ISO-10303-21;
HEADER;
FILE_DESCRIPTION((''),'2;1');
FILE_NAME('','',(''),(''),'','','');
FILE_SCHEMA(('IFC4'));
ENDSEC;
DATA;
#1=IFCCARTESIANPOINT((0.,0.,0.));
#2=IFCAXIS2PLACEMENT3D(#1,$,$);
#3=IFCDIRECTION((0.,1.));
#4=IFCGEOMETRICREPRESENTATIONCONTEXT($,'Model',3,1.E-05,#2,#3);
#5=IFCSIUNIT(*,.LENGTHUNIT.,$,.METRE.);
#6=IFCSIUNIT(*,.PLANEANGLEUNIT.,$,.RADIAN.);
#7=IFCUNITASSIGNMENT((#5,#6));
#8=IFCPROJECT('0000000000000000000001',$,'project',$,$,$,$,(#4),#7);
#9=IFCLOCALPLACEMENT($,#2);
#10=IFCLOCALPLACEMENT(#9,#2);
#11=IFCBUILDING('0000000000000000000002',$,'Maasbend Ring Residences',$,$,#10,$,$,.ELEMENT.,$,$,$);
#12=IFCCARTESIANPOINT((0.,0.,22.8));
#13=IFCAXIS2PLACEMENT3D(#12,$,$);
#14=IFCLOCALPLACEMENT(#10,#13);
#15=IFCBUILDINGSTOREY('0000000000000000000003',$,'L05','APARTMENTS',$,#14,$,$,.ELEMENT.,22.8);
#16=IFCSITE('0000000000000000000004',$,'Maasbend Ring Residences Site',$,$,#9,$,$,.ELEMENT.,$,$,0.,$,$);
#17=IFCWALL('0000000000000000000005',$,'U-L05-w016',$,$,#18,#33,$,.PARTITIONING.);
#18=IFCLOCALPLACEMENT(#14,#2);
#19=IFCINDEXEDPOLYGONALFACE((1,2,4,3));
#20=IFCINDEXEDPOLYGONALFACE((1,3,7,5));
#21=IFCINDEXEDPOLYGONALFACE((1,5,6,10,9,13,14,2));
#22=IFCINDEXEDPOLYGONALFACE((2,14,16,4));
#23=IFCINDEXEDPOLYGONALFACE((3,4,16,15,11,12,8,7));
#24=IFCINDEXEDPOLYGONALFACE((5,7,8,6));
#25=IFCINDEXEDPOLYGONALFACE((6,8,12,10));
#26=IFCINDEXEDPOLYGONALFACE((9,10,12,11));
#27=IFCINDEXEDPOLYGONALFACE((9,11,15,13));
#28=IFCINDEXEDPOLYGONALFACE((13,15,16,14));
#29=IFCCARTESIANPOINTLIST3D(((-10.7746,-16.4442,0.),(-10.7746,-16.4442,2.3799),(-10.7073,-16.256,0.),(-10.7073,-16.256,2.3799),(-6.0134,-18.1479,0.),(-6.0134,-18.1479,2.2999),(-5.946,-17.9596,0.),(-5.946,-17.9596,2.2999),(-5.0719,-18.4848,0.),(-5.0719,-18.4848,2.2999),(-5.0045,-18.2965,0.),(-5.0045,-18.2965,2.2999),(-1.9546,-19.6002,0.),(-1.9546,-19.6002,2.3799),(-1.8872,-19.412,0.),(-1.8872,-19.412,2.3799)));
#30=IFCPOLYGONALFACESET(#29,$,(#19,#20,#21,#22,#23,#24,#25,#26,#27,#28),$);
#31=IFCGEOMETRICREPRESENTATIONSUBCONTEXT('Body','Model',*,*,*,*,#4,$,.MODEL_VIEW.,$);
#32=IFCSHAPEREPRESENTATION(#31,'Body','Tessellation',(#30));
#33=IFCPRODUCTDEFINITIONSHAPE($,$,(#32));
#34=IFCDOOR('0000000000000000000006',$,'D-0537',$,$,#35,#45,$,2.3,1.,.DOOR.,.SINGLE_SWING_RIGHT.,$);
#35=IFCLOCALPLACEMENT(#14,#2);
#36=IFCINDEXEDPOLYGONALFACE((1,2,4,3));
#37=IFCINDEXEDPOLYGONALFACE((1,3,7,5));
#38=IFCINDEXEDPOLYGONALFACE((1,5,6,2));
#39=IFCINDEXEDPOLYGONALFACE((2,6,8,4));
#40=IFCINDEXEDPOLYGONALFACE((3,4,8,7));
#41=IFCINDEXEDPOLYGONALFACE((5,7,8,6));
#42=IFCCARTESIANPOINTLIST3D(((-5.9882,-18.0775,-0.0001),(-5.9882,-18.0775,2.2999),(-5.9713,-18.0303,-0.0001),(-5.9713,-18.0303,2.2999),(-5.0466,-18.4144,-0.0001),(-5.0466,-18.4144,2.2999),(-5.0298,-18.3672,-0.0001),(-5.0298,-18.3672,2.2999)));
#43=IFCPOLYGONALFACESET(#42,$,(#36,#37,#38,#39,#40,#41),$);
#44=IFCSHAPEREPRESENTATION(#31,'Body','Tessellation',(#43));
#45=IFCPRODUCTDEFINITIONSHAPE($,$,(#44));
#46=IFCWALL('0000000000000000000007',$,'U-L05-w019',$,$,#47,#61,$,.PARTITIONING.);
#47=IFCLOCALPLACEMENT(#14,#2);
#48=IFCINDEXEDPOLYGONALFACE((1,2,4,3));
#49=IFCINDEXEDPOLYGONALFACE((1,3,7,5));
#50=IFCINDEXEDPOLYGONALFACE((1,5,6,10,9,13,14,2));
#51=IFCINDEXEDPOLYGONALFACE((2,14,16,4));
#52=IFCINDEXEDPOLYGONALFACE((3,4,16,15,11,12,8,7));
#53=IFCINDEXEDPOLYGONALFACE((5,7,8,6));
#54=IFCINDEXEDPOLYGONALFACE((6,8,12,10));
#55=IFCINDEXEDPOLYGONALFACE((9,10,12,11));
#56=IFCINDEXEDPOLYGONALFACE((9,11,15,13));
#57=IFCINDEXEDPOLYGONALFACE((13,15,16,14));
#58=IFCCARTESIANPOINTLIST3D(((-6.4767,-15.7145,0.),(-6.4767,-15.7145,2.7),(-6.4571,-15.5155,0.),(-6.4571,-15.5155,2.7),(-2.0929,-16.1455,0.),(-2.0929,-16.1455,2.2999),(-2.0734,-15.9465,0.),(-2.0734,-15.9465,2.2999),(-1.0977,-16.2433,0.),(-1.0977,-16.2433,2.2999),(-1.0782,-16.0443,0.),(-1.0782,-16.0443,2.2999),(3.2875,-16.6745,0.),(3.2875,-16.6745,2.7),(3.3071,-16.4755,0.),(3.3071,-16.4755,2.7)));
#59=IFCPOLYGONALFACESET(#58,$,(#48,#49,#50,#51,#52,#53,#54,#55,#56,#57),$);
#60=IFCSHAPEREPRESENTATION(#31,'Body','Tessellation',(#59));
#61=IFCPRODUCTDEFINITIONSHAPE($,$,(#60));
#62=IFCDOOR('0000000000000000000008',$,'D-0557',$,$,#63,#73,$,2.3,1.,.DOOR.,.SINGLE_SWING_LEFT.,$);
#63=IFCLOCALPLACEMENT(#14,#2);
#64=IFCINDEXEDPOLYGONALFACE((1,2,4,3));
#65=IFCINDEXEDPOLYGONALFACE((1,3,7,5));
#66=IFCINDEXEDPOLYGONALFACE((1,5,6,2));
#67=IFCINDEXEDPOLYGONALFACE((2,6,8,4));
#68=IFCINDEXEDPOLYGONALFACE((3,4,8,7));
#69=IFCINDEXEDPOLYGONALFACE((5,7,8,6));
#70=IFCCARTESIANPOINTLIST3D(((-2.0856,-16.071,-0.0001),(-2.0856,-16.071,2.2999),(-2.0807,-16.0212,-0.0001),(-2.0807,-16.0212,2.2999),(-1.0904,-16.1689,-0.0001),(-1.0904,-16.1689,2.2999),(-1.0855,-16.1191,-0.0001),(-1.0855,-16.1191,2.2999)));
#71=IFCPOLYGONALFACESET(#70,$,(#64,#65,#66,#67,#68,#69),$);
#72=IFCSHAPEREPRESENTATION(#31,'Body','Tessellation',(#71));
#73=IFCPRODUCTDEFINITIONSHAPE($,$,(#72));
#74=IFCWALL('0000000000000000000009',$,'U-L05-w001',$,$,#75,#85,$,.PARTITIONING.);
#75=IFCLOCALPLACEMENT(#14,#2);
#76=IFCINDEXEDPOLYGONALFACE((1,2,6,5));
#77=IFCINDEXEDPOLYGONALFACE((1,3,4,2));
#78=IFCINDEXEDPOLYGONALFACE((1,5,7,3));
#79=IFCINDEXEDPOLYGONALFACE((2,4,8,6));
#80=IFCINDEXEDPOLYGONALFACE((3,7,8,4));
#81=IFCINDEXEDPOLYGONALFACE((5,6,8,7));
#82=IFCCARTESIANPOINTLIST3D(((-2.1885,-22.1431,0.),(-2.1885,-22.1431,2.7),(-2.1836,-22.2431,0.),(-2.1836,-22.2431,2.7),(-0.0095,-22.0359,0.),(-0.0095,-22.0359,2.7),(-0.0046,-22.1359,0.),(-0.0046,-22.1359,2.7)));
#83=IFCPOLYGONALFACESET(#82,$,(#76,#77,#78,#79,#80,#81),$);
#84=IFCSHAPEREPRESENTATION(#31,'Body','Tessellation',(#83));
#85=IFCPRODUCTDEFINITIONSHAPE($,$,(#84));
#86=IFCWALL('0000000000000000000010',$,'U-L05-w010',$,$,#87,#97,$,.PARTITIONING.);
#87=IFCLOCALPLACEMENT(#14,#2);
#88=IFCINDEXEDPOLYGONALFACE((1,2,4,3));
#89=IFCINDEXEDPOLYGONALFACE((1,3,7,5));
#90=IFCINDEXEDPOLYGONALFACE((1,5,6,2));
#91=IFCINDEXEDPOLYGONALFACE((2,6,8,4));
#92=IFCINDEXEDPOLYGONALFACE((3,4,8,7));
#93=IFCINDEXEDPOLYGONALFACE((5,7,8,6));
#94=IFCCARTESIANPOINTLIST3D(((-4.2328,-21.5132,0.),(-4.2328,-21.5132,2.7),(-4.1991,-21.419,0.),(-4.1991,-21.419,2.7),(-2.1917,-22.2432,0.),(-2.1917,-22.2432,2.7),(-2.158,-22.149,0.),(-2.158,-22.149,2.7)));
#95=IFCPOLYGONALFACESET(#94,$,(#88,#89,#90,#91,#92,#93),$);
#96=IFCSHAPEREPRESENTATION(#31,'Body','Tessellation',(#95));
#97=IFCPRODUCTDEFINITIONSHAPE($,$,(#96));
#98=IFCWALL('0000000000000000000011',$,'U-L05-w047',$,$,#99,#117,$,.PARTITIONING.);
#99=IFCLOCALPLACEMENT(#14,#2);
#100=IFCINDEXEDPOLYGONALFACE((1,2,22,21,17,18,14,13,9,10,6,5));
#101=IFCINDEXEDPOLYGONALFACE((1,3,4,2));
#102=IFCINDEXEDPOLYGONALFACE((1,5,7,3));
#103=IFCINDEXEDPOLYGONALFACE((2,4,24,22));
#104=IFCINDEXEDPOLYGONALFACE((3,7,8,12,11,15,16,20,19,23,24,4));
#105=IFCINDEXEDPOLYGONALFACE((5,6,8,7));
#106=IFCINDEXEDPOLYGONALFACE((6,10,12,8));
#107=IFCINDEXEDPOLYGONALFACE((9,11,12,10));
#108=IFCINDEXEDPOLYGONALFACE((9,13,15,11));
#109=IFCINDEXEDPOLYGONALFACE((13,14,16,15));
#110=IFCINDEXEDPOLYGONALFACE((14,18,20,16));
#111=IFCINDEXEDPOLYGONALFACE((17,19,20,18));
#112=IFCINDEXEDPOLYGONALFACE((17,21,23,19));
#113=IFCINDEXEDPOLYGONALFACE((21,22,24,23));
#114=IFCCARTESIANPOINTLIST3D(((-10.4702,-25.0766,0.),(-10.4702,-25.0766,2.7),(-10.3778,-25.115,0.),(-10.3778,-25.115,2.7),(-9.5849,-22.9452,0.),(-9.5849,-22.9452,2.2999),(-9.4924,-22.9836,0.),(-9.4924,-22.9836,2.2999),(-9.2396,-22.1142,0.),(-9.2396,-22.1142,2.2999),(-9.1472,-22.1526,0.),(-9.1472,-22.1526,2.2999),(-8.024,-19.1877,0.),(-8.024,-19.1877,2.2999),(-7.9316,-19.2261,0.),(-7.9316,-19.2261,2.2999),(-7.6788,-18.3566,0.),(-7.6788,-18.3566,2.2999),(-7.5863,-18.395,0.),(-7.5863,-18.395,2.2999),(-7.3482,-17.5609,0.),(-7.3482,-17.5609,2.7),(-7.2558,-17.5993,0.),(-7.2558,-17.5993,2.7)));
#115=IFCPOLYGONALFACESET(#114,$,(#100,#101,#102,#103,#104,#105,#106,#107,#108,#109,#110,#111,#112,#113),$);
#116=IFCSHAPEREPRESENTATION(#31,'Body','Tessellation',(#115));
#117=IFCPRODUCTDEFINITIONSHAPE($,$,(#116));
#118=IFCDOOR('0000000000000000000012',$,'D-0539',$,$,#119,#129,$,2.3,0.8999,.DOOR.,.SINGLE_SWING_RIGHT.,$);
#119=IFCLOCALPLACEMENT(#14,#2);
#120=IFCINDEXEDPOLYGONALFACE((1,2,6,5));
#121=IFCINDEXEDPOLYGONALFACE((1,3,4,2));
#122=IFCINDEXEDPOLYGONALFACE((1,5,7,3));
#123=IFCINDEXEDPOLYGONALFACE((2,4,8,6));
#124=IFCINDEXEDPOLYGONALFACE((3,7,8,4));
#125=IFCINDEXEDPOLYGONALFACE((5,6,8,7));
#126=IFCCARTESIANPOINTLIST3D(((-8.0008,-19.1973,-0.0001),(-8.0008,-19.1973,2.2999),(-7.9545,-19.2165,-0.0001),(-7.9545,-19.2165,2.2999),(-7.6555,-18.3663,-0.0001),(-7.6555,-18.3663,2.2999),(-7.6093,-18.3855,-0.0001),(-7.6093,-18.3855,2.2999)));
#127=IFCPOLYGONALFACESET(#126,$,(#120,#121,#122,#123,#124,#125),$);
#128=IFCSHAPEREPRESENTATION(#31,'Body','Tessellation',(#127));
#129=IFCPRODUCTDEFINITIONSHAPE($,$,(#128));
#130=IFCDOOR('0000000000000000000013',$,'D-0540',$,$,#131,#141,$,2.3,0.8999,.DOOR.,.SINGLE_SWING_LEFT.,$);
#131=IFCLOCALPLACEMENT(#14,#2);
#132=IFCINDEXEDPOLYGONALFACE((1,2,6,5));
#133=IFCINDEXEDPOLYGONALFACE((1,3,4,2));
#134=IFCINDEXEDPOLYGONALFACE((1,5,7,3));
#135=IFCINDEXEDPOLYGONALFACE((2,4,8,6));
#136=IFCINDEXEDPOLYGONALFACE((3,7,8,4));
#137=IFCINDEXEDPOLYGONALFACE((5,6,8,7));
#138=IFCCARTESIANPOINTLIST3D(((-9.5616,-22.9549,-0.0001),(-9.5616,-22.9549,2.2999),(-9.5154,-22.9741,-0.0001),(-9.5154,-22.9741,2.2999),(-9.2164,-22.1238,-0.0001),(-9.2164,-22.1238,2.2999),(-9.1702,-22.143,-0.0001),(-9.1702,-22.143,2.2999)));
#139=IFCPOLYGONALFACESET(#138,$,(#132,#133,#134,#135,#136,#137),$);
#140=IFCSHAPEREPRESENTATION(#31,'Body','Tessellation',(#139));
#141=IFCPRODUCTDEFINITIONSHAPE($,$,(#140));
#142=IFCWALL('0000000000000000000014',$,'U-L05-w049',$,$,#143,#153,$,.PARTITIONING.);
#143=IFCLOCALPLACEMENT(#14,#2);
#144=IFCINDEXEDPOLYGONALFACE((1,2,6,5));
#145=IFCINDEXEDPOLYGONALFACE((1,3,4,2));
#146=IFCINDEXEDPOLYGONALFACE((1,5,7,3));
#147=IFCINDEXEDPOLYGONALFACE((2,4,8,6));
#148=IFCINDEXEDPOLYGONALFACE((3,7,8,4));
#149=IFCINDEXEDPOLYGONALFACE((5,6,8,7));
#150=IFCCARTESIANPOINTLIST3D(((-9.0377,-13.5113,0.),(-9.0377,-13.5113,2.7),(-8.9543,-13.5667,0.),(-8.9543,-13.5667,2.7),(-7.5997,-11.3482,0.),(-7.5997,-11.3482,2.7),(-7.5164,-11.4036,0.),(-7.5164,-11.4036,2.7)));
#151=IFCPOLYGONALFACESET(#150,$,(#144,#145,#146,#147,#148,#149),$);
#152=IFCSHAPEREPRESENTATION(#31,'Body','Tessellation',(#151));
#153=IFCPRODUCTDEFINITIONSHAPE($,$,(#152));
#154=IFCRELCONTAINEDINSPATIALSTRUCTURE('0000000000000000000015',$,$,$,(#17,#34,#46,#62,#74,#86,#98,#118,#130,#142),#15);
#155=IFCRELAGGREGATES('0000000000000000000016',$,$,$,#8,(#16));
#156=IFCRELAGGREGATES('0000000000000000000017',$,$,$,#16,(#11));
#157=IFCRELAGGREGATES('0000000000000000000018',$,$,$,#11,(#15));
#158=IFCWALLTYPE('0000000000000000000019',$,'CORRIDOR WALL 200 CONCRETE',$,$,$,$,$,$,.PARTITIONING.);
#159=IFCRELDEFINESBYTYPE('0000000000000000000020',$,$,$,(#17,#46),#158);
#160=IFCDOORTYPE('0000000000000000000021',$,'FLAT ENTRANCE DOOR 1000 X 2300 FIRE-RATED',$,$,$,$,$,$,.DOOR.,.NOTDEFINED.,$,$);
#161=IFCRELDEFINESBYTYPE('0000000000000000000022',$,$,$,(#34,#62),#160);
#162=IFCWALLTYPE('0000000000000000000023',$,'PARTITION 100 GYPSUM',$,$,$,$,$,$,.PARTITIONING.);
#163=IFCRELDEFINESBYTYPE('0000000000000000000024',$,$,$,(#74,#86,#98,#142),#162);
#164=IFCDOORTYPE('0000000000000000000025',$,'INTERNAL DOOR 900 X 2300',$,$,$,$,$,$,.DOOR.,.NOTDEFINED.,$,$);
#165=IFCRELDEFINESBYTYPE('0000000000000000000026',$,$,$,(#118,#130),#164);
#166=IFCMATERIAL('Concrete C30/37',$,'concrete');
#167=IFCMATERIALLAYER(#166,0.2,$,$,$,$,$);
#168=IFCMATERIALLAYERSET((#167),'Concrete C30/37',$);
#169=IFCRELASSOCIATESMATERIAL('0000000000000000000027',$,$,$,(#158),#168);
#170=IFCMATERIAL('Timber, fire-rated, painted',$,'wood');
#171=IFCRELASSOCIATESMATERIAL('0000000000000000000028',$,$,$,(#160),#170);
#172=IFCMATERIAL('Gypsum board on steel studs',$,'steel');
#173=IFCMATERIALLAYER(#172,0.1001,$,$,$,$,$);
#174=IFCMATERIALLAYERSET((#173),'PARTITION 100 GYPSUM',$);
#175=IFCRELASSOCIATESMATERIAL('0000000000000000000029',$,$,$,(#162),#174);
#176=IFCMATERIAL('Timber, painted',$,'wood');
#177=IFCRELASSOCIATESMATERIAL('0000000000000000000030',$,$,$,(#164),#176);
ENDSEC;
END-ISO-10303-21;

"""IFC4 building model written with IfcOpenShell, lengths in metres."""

from ifc_helpers import new_model, si_unit, direction, frame, frame_2d, origin, place, context, subcontext, project, spatial, rectangle, extrude, material, layer, layer_set, type_object, element, fill, save


model = new_model("IFC4")

# Units and contexts
model_context = context("Model", 3, precision=1e-05, world=origin(), true_north=direction((0.0, 1.0)))
body_context = subcontext(model_context, "Body", "Model", "MODEL_VIEW")
ifc_project = project(units=[si_unit("LENGTHUNIT", "METRE"), si_unit("PLANEANGLEUNIT", "RADIAN")], contexts=[model_context])

# Site, building, storey
site_placement = place(None, origin())
site = spatial("IfcSite", under=ifc_project, at=site_placement, Name="Maasbend Ring Residences Site", CompositionType="ELEMENT", RefElevation=0.0)
building_placement = place(site_placement, origin())
building = spatial("IfcBuilding", under=site, at=building_placement, Name="Maasbend Ring Residences", CompositionType="ELEMENT")
storey_placement = place(building_placement, frame((0.0, 0.0, 22.8)))
storey = spatial("IfcBuildingStorey", under=building, at=storey_placement, Name="L05", Description="APARTMENTS", CompositionType="ELEMENT", Elevation=22.8)

# Walls, openings, doors
ifc_material_1 = material(Name="Concrete C30/37", Category="concrete")
ifc_layer_1 = layer(ifc_material_1, 0.2)
ifc_layer_set_1 = layer_set([ifc_layer_1], Name="Concrete C30/37")
wall_type_1 = type_object("IfcWallType", Name="CORRIDOR WALL 200 CONCRETE", PredefinedType="PARTITIONING", material=ifc_layer_set_1)
ifc_material_2 = material(Name="Timber, fire-rated, painted", Category="wood")
door_type_1 = type_object("IfcDoorType", Name="FLAT ENTRANCE DOOR 1000 X 2300 FIRE-RATED", OperationType="NOTDEFINED", PredefinedType="DOOR", material=ifc_material_2)
wall_1_placement = place(storey_placement, frame((-10.741, -16.3501, 0.0), z_axis=(0.0, 0.0, 1.0), x_axis=(0.941539, -0.336903, 0.0)))
wall_1 = element("IfcWall", 1, at=wall_1_placement, inside=storey, type_object=wall_type_1, Name="U-L05-w016", PredefinedType="PARTITIONING", context=body_context, shape_type="SweptSolid", body=[
    extrude(rectangle(XDim=9.3677, YDim=0.2, at=frame_2d((4.6838, 0.0))), origin(), (0.0, 0.0, 1.0), 2.3799),
])
opening_1_placement = place(wall_1_placement, frame((5.0569, 0.0, 0.0)))
opening_1 = element("IfcOpeningElement", 2, at=opening_1_placement, cuts=wall_1, PredefinedType="OPENING", context=body_context, shape_type="SweptSolid", body=[
    extrude(rectangle(XDim=1.0, YDim=2.3, at=frame_2d((0.5, 1.1499))), frame((0.0, 0.1099, 0.0), z_axis=(0.0, -1.0, 0.0), x_axis=(1.0, 0.0, 0.0)), (0.0, 0.0, 1.0), 0.22),
])
door_1_placement = place(opening_1_placement, origin())
door_1 = element("IfcDoor", 3, at=door_1_placement, inside=storey, type_object=door_type_1, Name="D-0537", OperationType="SINGLE_SWING_RIGHT", OverallHeight=2.3, OverallWidth=1.0, PredefinedType="DOOR", context=body_context, shape_type="SweptSolid", body=[
    extrude(rectangle(XDim=1.0, YDim=2.3, at=frame_2d((0.5, 1.1499))), frame((0.0, 0.0249, 0.0), z_axis=(0.0, -1.0, 0.0), x_axis=(1.0, 0.0, 0.0)), (0.0, 0.0, 1.0), 0.05),
])
fill(opening_1, door_1)
wall_2_placement = place(storey_placement, frame((-6.467, -15.615, 0.0), z_axis=(0.0, 0.0, 1.0), x_axis=(0.995202, -0.097843, 0.0)))
wall_2 = element("IfcWall", 4, at=wall_2_placement, inside=storey, type_object=wall_type_1, Name="U-L05-w019", PredefinedType="PARTITIONING", context=body_context, shape_type="SweptSolid", body=[
    extrude(rectangle(XDim=9.8113, YDim=0.2, at=frame_2d((4.9058, 0.0))), origin(), (0.0, 0.0, 1.0), 2.7),
])
opening_2_placement = place(wall_2_placement, frame((4.405, 0.0, 0.0)))
opening_2 = element("IfcOpeningElement", 5, at=opening_2_placement, cuts=wall_2, PredefinedType="OPENING", context=body_context, shape_type="SweptSolid", body=[
    extrude(rectangle(XDim=1.0, YDim=2.3, at=frame_2d((0.5, 1.1499))), frame((0.0, 0.1099, 0.0), z_axis=(0.0, -1.0, 0.0), x_axis=(1.0, 0.0, 0.0)), (0.0, 0.0, 1.0), 0.22),
])
door_2_placement = place(opening_2_placement, origin())
door_2 = element("IfcDoor", 6, at=door_2_placement, inside=storey, type_object=door_type_1, Name="D-0557", OperationType="SINGLE_SWING_LEFT", OverallHeight=2.3, OverallWidth=1.0, PredefinedType="DOOR", context=body_context, shape_type="SweptSolid", body=[
    extrude(rectangle(XDim=1.0, YDim=2.3, at=frame_2d((0.5, 1.1499))), frame((0.0, 0.0249, 0.0), z_axis=(0.0, -1.0, 0.0), x_axis=(1.0, 0.0, 0.0)), (0.0, 0.0, 1.0), 0.05),
])
fill(opening_2, door_2)

# Walls
ifc_material_3 = material(Name="Gypsum board on steel studs", Category="steel")
ifc_layer_2 = layer(ifc_material_3, 0.1001)
ifc_layer_set_2 = layer_set([ifc_layer_2], Name="PARTITION 100 GYPSUM")
wall_type_2 = type_object("IfcWallType", Name="PARTITION 100 GYPSUM", PredefinedType="PARTITIONING", material=ifc_layer_set_2)
wall_3_placement = place(storey_placement, frame((-2.186, -22.1931, 0.0), z_axis=(0.0, 0.0, 1.0), x_axis=(0.998792, 0.049128, 0.0)))
element("IfcWall", 7, at=wall_3_placement, inside=storey, type_object=wall_type_2, Name="U-L05-w001", PredefinedType="PARTITIONING", context=body_context, shape_type="SweptSolid", body=[
    extrude(rectangle(XDim=2.1816, YDim=0.1001, at=frame_2d((1.0908, 0.0))), origin(), (0.0, 0.0, 1.0), 2.7),
])
wall_4_placement = place(storey_placement, frame((-4.2161, -21.4661, 0.0), z_axis=(0.0, 0.0, 1.0), x_axis=(0.941589, -0.336764, 0.0)))
element("IfcWall", 8, at=wall_4_placement, inside=storey, type_object=wall_type_2, Name="U-L05-w010", PredefinedType="PARTITIONING", context=body_context, shape_type="SweptSolid", body=[
    extrude(rectangle(XDim=2.1677, YDim=0.1001, at=frame_2d((1.084, 0.0))), origin(), (0.0, 0.0, 1.0), 2.7),
])

# Wall, openings, doors
wall_5_placement = place(storey_placement, frame((-10.4241, -25.0959, 0.0), z_axis=(0.0, 0.0, 1.0), x_axis=(0.383616, 0.923493, 0.0)))
wall_5 = element("IfcWall", 9, at=wall_5_placement, inside=storey, type_object=wall_type_2, Name="U-L05-w047", PredefinedType="PARTITIONING", context=body_context, shape_type="SweptSolid", body=[
    extrude(rectangle(XDim=8.1384, YDim=0.1001, at=frame_2d((4.0693, 0.0))), origin(), (0.0, 0.0, 1.0), 2.7),
])
opening_3_placement = place(wall_5_placement, frame((6.377, 0.0, 0.0)))
opening_3 = element("IfcOpeningElement", 10, at=opening_3_placement, cuts=wall_5, PredefinedType="OPENING", context=body_context, shape_type="SweptSolid", body=[
    extrude(rectangle(XDim=0.8999, YDim=2.3, at=frame_2d((0.45, 1.1499))), frame((0.0, 0.0601, 0.0), z_axis=(0.0, -1.0, 0.0), x_axis=(1.0, 0.0, 0.0)), (0.0, 0.0, 1.0), 0.1201),
])
opening_4_placement = place(wall_5_placement, frame((2.3081, 0.0, 0.0)))
opening_4 = element("IfcOpeningElement", 11, at=opening_4_placement, cuts=wall_5, PredefinedType="OPENING", context=body_context, shape_type="SweptSolid", body=[
    extrude(rectangle(XDim=0.8999, YDim=2.3, at=frame_2d((0.45, 1.1499))), frame((0.0, 0.0601, 0.0), z_axis=(0.0, -1.0, 0.0), x_axis=(1.0, 0.0, 0.0)), (0.0, 0.0, 1.0), 0.1201),
])
ifc_material_4 = material(Name="Timber, painted", Category="wood")
door_type_2 = type_object("IfcDoorType", Name="INTERNAL DOOR 900 X 2300", OperationType="NOTDEFINED", PredefinedType="DOOR", material=ifc_material_4)
door_3_placement = place(opening_3_placement, origin())
door_3 = element("IfcDoor", 12, at=door_3_placement, inside=storey, type_object=door_type_2, Name="D-0539", OperationType="SINGLE_SWING_RIGHT", OverallHeight=2.3, OverallWidth=0.8999, PredefinedType="DOOR", context=body_context, shape_type="SweptSolid", body=[
    extrude(rectangle(XDim=0.8999, YDim=2.3, at=frame_2d((0.45, 1.1499))), frame((0.0, 0.0249, 0.0), z_axis=(0.0, -1.0, 0.0), x_axis=(1.0, 0.0, 0.0)), (0.0, 0.0, 1.0), 0.05),
])
fill(opening_3, door_3)
door_4_placement = place(opening_4_placement, origin())
door_4 = element("IfcDoor", 13, at=door_4_placement, inside=storey, type_object=door_type_2, Name="D-0540", OperationType="SINGLE_SWING_LEFT", OverallHeight=2.3, OverallWidth=0.8999, PredefinedType="DOOR", context=body_context, shape_type="SweptSolid", body=[
    extrude(rectangle(XDim=0.8999, YDim=2.3, at=frame_2d((0.45, 1.1499))), frame((0.0, 0.0249, 0.0), z_axis=(0.0, -1.0, 0.0), x_axis=(1.0, 0.0, 0.0)), (0.0, 0.0, 1.0), 0.05),
])
fill(opening_4, door_4)

# Wall
wall_6_placement = place(storey_placement, frame((-8.9961, -13.5391, 0.0), z_axis=(0.0, 0.0, 1.0), x_axis=(0.553615, 0.832773, 0.0)))
element("IfcWall", 14, at=wall_6_placement, inside=storey, type_object=wall_type_2, Name="U-L05-w049", PredefinedType="PARTITIONING", context=body_context, shape_type="SweptSolid", body=[
    extrude(rectangle(XDim=2.5974, YDim=0.1001, at=frame_2d((1.2988, 0.0))), origin(), (0.0, 0.0, 1.0), 2.7),
])

save(model, "model.ifc")
